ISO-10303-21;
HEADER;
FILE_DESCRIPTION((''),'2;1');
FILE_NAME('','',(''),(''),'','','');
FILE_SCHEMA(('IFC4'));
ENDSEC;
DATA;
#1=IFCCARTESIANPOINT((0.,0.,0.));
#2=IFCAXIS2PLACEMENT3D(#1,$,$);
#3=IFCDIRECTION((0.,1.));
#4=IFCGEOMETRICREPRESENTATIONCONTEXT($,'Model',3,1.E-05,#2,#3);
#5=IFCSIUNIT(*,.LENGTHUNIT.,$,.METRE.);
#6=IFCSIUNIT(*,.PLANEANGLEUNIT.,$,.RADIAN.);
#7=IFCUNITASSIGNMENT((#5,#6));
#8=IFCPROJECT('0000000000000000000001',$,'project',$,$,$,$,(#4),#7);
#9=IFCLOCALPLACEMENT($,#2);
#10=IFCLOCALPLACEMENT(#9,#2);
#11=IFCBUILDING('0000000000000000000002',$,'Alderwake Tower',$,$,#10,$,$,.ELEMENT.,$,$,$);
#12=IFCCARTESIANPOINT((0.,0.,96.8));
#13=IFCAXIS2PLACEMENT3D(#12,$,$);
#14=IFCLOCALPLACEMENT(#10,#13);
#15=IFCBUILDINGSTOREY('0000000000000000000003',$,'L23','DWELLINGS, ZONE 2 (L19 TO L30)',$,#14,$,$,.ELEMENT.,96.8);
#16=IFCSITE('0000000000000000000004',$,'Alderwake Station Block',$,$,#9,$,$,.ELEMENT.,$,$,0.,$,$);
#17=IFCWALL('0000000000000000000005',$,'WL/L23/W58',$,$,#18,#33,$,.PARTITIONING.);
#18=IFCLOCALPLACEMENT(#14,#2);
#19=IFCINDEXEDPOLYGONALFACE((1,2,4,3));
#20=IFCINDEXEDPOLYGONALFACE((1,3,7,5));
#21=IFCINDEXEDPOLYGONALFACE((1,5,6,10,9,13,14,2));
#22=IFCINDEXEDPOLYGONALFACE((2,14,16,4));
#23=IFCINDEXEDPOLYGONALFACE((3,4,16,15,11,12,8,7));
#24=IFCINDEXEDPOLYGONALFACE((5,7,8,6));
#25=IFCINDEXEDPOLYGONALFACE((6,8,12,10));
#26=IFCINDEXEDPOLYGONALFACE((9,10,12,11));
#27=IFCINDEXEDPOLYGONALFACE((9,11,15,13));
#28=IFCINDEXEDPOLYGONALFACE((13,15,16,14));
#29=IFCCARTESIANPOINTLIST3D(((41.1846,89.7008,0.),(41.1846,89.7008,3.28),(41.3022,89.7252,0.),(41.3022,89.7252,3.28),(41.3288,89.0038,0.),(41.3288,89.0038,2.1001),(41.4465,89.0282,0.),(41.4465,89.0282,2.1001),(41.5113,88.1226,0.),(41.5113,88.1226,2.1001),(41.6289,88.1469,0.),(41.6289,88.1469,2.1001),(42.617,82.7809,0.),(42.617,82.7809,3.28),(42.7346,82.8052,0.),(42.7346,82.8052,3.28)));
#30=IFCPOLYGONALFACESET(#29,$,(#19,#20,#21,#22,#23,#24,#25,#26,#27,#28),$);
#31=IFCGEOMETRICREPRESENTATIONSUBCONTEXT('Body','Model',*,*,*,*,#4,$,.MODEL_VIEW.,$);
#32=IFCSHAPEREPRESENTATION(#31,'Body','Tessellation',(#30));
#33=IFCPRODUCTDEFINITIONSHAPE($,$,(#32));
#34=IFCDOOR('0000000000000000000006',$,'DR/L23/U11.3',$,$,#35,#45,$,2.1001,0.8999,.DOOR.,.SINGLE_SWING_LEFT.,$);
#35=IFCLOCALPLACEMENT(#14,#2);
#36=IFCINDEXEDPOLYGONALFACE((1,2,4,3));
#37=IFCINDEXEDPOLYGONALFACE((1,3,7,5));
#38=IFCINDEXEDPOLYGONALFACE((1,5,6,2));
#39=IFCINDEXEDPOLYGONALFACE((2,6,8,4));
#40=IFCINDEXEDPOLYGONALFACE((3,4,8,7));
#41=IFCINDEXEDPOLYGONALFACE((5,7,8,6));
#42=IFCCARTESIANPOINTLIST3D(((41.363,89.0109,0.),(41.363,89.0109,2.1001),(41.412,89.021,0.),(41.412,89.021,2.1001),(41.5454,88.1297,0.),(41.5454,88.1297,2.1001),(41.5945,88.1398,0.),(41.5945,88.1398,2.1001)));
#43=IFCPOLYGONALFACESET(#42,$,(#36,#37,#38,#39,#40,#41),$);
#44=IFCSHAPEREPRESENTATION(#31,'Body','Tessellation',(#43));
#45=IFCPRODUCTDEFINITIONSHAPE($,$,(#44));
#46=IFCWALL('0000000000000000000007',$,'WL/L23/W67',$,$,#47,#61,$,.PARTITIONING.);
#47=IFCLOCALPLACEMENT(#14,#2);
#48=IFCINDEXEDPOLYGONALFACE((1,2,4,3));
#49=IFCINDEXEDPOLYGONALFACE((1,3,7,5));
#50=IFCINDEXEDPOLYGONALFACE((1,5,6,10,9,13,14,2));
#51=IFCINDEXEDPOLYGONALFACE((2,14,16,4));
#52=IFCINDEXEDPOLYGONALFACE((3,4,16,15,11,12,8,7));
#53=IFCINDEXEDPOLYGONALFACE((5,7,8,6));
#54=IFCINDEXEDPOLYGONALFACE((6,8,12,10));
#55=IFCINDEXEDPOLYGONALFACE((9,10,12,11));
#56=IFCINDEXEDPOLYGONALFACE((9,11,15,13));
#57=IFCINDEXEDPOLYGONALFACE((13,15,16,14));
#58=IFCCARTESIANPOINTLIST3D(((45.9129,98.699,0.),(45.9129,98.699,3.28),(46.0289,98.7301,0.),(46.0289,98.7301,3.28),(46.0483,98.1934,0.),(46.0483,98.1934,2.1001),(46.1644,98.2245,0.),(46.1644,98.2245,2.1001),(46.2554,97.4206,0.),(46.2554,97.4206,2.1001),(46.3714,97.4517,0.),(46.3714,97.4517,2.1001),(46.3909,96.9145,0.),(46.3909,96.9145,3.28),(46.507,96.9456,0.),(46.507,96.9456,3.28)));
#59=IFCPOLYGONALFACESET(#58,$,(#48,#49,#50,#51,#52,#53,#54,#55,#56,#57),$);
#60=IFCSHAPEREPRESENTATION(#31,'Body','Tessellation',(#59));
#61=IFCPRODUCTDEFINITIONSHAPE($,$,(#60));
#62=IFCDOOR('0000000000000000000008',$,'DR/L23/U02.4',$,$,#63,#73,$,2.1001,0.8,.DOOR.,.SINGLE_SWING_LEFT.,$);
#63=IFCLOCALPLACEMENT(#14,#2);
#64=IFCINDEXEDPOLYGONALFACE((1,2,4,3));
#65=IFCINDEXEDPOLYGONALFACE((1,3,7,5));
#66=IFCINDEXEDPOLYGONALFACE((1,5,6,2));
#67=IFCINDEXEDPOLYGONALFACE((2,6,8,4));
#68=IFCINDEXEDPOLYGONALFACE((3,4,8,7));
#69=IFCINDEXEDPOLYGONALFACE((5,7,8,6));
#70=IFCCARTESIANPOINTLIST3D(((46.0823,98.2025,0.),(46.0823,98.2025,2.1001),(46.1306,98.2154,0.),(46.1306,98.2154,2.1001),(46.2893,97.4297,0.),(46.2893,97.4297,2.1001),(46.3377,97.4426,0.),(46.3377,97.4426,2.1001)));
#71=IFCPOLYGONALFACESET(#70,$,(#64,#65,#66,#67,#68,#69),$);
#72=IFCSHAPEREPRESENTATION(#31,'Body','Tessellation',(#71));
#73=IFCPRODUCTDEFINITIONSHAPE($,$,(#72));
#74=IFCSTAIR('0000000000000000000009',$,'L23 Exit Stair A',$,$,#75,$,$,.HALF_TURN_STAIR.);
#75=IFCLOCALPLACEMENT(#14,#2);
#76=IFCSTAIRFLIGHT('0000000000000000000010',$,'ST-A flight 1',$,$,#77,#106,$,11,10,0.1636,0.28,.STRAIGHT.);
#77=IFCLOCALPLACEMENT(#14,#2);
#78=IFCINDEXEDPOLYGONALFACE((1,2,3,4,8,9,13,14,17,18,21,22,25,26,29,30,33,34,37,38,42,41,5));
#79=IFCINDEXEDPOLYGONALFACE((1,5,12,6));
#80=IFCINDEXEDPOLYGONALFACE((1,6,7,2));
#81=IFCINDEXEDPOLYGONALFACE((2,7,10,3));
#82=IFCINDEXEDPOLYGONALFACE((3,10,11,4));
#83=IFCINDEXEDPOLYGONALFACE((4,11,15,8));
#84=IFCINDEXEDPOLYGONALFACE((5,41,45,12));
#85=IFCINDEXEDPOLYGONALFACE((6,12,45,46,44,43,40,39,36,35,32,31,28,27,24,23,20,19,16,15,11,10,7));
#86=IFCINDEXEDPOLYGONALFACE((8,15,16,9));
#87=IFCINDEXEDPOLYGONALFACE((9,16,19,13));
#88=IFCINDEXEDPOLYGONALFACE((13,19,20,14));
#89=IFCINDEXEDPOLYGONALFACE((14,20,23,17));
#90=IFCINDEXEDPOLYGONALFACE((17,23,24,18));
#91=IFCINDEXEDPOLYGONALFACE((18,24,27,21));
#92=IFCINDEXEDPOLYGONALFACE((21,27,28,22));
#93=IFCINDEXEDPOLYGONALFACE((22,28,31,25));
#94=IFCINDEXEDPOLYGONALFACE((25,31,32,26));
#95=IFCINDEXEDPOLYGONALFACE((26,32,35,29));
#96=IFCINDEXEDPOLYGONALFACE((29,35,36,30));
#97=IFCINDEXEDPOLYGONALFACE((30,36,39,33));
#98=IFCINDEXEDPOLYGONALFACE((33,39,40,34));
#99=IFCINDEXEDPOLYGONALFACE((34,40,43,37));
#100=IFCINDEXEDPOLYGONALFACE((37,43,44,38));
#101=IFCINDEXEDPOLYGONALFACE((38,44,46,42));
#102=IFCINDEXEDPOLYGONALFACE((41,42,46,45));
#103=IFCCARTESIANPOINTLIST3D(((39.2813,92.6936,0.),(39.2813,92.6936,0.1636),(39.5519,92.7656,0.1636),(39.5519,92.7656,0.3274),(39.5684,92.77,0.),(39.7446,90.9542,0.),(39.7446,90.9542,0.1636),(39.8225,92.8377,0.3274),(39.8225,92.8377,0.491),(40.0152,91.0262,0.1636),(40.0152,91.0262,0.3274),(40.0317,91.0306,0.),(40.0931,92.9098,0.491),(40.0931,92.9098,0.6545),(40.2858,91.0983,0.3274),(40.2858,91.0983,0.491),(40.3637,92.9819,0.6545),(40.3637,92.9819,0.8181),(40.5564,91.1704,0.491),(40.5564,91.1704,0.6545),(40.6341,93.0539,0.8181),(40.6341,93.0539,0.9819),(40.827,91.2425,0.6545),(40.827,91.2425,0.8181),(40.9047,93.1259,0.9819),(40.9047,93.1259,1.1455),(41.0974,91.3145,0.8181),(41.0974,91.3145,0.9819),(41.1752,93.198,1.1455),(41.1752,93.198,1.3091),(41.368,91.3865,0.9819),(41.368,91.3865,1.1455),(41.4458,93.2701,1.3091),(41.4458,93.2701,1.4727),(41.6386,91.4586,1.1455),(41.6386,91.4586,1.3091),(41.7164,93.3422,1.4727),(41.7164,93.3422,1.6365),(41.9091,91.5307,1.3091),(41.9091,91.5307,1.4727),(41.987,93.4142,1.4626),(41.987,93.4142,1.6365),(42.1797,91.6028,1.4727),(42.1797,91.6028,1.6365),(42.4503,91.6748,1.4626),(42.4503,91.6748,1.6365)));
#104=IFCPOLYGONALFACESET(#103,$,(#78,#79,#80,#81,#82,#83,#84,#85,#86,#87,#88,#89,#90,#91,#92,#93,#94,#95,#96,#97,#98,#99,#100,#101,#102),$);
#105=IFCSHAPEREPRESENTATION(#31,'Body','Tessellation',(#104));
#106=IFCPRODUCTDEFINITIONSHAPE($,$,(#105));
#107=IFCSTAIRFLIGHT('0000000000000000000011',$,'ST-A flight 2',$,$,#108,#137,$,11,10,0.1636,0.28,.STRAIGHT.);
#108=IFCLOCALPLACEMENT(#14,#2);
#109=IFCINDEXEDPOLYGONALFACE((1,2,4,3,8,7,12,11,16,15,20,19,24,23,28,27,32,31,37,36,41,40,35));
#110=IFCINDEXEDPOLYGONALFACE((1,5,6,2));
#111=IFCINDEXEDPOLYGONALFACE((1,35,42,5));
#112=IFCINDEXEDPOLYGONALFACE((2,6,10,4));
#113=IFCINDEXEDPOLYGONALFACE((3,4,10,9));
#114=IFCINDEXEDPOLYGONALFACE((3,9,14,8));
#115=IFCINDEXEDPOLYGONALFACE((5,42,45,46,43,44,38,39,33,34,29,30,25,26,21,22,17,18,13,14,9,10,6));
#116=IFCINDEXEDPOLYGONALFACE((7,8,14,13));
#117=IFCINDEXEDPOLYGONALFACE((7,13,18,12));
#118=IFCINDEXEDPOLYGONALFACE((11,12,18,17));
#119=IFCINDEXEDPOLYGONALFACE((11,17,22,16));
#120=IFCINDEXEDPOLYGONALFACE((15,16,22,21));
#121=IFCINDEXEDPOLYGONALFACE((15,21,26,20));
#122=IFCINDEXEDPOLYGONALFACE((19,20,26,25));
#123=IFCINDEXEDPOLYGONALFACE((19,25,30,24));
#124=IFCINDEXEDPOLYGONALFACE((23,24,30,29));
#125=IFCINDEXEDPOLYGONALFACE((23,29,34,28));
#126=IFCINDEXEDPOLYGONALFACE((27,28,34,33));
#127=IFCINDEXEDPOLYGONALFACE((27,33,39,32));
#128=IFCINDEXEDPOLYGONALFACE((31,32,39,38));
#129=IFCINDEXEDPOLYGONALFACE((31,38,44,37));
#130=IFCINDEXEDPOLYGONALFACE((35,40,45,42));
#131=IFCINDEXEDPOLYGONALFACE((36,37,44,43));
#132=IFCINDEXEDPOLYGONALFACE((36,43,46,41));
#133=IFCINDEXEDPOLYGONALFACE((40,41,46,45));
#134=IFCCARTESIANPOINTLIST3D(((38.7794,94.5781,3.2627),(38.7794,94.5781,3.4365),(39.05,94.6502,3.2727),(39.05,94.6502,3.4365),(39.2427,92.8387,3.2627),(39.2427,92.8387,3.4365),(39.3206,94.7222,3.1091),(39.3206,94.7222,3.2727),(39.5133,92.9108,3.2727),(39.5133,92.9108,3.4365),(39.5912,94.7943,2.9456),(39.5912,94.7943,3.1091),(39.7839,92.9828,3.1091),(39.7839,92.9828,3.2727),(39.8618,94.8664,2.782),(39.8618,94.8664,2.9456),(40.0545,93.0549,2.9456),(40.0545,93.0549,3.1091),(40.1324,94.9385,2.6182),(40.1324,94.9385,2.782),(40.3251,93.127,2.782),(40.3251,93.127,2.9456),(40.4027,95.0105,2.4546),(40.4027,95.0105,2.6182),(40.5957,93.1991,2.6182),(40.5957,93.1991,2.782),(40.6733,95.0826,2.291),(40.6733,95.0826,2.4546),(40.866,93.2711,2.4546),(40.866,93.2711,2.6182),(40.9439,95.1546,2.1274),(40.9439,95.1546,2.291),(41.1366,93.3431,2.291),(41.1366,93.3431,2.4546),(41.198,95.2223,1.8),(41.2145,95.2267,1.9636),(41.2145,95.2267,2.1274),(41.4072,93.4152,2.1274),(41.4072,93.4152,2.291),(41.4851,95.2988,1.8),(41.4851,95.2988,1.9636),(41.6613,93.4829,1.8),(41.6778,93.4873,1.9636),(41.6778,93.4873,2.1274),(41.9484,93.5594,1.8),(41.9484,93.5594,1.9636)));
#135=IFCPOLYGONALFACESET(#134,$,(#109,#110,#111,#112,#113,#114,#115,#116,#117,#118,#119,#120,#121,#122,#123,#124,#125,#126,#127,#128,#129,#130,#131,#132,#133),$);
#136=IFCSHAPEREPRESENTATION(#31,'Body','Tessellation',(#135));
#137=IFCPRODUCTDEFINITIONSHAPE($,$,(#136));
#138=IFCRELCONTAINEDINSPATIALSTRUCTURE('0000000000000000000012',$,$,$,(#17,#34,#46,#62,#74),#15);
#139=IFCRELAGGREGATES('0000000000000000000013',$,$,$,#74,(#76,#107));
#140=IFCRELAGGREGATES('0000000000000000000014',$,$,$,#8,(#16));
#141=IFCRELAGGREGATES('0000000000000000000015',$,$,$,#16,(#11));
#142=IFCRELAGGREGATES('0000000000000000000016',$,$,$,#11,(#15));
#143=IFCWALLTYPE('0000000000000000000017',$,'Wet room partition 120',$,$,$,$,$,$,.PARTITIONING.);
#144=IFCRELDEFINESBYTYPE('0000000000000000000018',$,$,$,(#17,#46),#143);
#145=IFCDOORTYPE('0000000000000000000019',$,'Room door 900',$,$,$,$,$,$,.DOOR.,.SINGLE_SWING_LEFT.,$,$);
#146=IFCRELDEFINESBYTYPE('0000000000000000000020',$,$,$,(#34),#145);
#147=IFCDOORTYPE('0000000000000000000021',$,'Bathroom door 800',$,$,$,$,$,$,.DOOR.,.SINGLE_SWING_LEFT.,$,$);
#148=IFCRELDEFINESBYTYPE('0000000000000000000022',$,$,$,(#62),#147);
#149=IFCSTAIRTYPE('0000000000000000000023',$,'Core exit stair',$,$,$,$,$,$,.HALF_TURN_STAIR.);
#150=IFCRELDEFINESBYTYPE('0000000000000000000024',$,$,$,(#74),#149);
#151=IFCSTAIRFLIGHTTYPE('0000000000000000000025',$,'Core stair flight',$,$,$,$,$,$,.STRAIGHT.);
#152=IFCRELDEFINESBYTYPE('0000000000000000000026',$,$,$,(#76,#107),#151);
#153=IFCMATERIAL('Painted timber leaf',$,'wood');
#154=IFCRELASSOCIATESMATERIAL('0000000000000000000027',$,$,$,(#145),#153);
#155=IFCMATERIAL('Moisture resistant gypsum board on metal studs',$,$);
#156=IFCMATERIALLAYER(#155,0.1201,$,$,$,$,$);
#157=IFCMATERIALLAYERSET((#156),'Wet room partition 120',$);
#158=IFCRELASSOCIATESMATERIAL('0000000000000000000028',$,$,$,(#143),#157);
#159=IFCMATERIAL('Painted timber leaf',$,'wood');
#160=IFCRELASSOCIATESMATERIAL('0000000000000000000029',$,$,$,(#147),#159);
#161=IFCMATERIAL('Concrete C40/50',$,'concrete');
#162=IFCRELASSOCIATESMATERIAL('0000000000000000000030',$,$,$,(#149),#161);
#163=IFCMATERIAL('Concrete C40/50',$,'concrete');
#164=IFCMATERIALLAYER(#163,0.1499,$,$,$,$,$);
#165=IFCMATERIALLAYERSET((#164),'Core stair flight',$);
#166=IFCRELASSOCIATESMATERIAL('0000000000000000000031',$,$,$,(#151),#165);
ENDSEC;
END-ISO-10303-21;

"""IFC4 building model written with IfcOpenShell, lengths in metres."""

from ifc_helpers import new_model, si_unit, direction, frame, frame_2d, origin, place, context, subcontext, project, spatial, polyline, rectangle, outline, extrude, material, layer, layer_set, type_object, element, fill, aggregate, save


model = new_model("IFC4")

# Units and contexts
model_context = context("Model", 3, precision=1e-05, world=origin(), true_north=direction((0.0, 1.0)))
body_context = subcontext(model_context, "Body", "Model", "MODEL_VIEW")
ifc_project = project(units=[si_unit("LENGTHUNIT", "METRE"), si_unit("PLANEANGLEUNIT", "RADIAN")], contexts=[model_context])

# Site, building, storey
site_placement = place(None, origin())
site = spatial("IfcSite", under=ifc_project, at=site_placement, Name="Alderwake Station Block", CompositionType="ELEMENT", RefElevation=0.0)
building_placement = place(site_placement, origin())
building = spatial("IfcBuilding", under=site, at=building_placement, Name="Alderwake Tower", CompositionType="ELEMENT")
storey_placement = place(building_placement, frame((0.0, 0.0, 96.8)))
storey = spatial("IfcBuildingStorey", under=building, at=storey_placement, Name="L23", Description="DWELLINGS, ZONE 2 (L19 TO L30)", CompositionType="ELEMENT", Elevation=96.8)

# Shared definitions
ifc_material_1 = material(Name="Painted timber leaf", Category="wood")
door_type_1 = type_object("IfcDoorType", Name="Room door 900", OperationType="SINGLE_SWING_LEFT", PredefinedType="DOOR", material=ifc_material_1)

# Shared definitions
ifc_material_2 = material(Name="Moisture resistant gypsum board on metal studs")
ifc_layer_1 = layer(ifc_material_2, 0.1201)
ifc_layer_set_1 = layer_set([ifc_layer_1], Name="Wet room partition 120")
wall_type_1 = type_object("IfcWallType", Name="Wet room partition 120", PredefinedType="PARTITIONING", material=ifc_layer_set_1)

# Walls, openings, doors
wall_1_placement = place(storey_placement, frame((41.2434, 89.7129, 0.0), z_axis=(0.0, 0.0, 1.0), x_axis=(0.202696, -0.979242, 0.0)))
wall_1 = element("IfcWall", 1, at=wall_1_placement, inside=storey, type_object=wall_type_1, Name="WL/L23/W58", PredefinedType="PARTITIONING", context=body_context, shape_type="SweptSolid", body=[
    extrude(rectangle(XDim=7.0667, YDim=0.1201, at=frame_2d((3.5332, 0.0))), origin(), (0.0, 0.0, 1.0), 3.28),
])
opening_1_placement = place(wall_1_placement, frame((0.7117, 0.0, 0.0)))
opening_1 = element("IfcOpeningElement", 2, at=opening_1_placement, cuts=wall_1, PredefinedType="OPENING", context=body_context, shape_type="SweptSolid", body=[
    extrude(rectangle(XDim=0.8999, YDim=2.1001, at=frame_2d((0.45, 1.05))), frame((0.0, 0.0701, 0.0), z_axis=(0.0, -1.0, 0.0), x_axis=(1.0, 0.0, 0.0)), (0.0, 0.0, 1.0), 0.1401),
])
door_1_placement = place(opening_1_placement, origin())
door_1 = element("IfcDoor", 3, at=door_1_placement, inside=storey, type_object=door_type_1, Name="DR/L23/U11.3", OperationType="SINGLE_SWING_LEFT", OverallHeight=2.1001, OverallWidth=0.8999, PredefinedType="DOOR", context=body_context, shape_type="SweptSolid", body=[
    extrude(rectangle(XDim=0.8999, YDim=2.1001, at=frame_2d((0.45, 1.05))), frame((0.0, 0.0249, 0.0), z_axis=(0.0, -1.0, 0.0), x_axis=(1.0, 0.0, 0.0)), (0.0, 0.0, 1.0), 0.05),
])
fill(opening_1, door_1)
wall_2_placement = place(storey_placement, frame((46.449, 96.9299, 0.0), z_axis=(0.0, 0.0, 1.0), x_axis=(-0.258765, 0.96594, 0.0)))
wall_2 = element("IfcWall", 4, at=wall_2_placement, inside=storey, type_object=wall_type_1, Name="WL/L23/W67", PredefinedType="PARTITIONING", context=body_context, shape_type="SweptSolid", body=[
    extrude(rectangle(XDim=1.8474, YDim=0.1201, at=frame_2d((0.9238, 0.0))), origin(), (0.0, 0.0, 1.0), 3.28),
])
opening_2_placement = place(wall_2_placement, frame((0.5242, 0.0, 0.0)))
opening_2 = element("IfcOpeningElement", 5, at=opening_2_placement, cuts=wall_2, PredefinedType="OPENING", context=body_context, shape_type="SweptSolid", body=[
    extrude(rectangle(XDim=0.8, YDim=2.1001, at=frame_2d((0.3999, 1.05))), frame((0.0, 0.0701, 0.0), z_axis=(0.0, -1.0, 0.0), x_axis=(1.0, 0.0, 0.0)), (0.0, 0.0, 1.0), 0.1401),
])
ifc_material_3 = material(Name="Painted timber leaf", Category="wood")
door_type_2 = type_object("IfcDoorType", Name="Bathroom door 800", OperationType="SINGLE_SWING_LEFT", PredefinedType="DOOR", material=ifc_material_3)
door_2_placement = place(opening_2_placement, origin())
door_2 = element("IfcDoor", 6, at=door_2_placement, inside=storey, type_object=door_type_2, Name="DR/L23/U02.4", OperationType="SINGLE_SWING_LEFT", OverallHeight=2.1001, OverallWidth=0.8, PredefinedType="DOOR", context=body_context, shape_type="SweptSolid", body=[
    extrude(rectangle(XDim=0.8, YDim=2.1001, at=frame_2d((0.3999, 1.05))), frame((0.0, 0.0249, 0.0), z_axis=(0.0, -1.0, 0.0), x_axis=(1.0, 0.0, 0.0)), (0.0, 0.0, 1.0), 0.05),
])
fill(opening_2, door_2)

# Stair, stair flights
ifc_material_4 = material(Name="Concrete C40/50", Category="concrete")
stair_type = type_object("IfcStairType", Name="Core exit stair", PredefinedType="HALF_TURN_STAIR", material=ifc_material_4)
stair_placement = place(storey_placement, origin())
stair = element("IfcStair", 7, at=stair_placement, inside=storey, type_object=stair_type, Name="L23 Exit Stair A", PredefinedType="HALF_TURN_STAIR")
ifc_material_5 = material(Name="Concrete C40/50", Category="concrete")
ifc_layer_2 = layer(ifc_material_5, 0.1499)
ifc_layer_set_2 = layer_set([ifc_layer_2], Name="Core stair flight")
stair_flight_type = type_object("IfcStairFlightType", Name="Core stair flight", PredefinedType="STRAIGHT", material=ifc_layer_set_2)
stair_flight_1_placement = place(storey_placement, frame((39.5129, 91.824, 0.0), z_axis=(0.0, 0.0, 1.0), x_axis=(0.96631, 0.257382, 0.0)))
stair_flight_1 = element("IfcStairFlight", 8, at=stair_flight_1_placement, type_object=stair_flight_type, Name="ST-A flight 1", NumberOfRisers=11, NumberOfTreads=10, PredefinedType="STRAIGHT", RiserHeight=0.1636, TreadLength=0.28, context=body_context, shape_type="SweptSolid", body=[
    extrude(outline(polyline([(0.0, 0.0), (0.0, 0.1636), (0.28, 0.1636), (0.28, 0.3274), (0.5601, 0.3274), (0.5601, 0.491), (0.8401, 0.491), (0.8401, 0.6545), (1.1201, 0.6545), (1.1201, 0.8181), (1.3999, 0.8181), (1.3999, 0.9819), (1.6799, 0.9819), (1.6799, 1.1455), (1.96, 1.1455), (1.96, 1.3091), (2.24, 1.3091), (2.24, 1.4727), (2.52, 1.4727), (2.52, 1.6365), (2.8, 1.6365), (2.8, 1.8), (2.8, 1.4626), (0.2971, 0.0), (0.0, 0.0)])), frame((0.0, 0.8999, 0.0), z_axis=(0.0, -1.0, 0.0), x_axis=(1.0, 0.0, 0.0)), (0.0, 0.0, 1.0), 1.8),
])
stair_flight_2_placement = place(storey_placement, frame((41.7168, 94.429, 1.8), z_axis=(0.0, 0.0, 1.0), x_axis=(-0.96631, -0.257382, 0.0)))
stair_flight_2 = element("IfcStairFlight", 9, at=stair_flight_2_placement, type_object=stair_flight_type, Name="ST-A flight 2", NumberOfRisers=11, NumberOfTreads=10, PredefinedType="STRAIGHT", RiserHeight=0.1636, TreadLength=0.28, context=body_context, shape_type="SweptSolid", body=[
    extrude(outline(polyline([(0.0, 0.0), (0.0, 0.1636), (0.28, 0.1636), (0.28, 0.3274), (0.5601, 0.3274), (0.5601, 0.491), (0.8401, 0.491), (0.8401, 0.6545), (1.1201, 0.6545), (1.1201, 0.8181), (1.3999, 0.8181), (1.3999, 0.9819), (1.6799, 0.9819), (1.6799, 1.1455), (1.96, 1.1455), (1.96, 1.3091), (2.24, 1.3091), (2.24, 1.4727), (2.52, 1.4727), (2.52, 1.6365), (2.8, 1.6365), (2.8, 1.8), (2.8, 1.4626), (0.2971, 0.0), (0.0, 0.0)])), frame((0.0, 0.8999, 0.0), z_axis=(0.0, -1.0, 0.0), x_axis=(1.0, 0.0, 0.0)), (0.0, 0.0, 1.0), 1.8),
])
aggregate(stair, [stair_flight_1, stair_flight_2])

save(model, "model.ifc")
